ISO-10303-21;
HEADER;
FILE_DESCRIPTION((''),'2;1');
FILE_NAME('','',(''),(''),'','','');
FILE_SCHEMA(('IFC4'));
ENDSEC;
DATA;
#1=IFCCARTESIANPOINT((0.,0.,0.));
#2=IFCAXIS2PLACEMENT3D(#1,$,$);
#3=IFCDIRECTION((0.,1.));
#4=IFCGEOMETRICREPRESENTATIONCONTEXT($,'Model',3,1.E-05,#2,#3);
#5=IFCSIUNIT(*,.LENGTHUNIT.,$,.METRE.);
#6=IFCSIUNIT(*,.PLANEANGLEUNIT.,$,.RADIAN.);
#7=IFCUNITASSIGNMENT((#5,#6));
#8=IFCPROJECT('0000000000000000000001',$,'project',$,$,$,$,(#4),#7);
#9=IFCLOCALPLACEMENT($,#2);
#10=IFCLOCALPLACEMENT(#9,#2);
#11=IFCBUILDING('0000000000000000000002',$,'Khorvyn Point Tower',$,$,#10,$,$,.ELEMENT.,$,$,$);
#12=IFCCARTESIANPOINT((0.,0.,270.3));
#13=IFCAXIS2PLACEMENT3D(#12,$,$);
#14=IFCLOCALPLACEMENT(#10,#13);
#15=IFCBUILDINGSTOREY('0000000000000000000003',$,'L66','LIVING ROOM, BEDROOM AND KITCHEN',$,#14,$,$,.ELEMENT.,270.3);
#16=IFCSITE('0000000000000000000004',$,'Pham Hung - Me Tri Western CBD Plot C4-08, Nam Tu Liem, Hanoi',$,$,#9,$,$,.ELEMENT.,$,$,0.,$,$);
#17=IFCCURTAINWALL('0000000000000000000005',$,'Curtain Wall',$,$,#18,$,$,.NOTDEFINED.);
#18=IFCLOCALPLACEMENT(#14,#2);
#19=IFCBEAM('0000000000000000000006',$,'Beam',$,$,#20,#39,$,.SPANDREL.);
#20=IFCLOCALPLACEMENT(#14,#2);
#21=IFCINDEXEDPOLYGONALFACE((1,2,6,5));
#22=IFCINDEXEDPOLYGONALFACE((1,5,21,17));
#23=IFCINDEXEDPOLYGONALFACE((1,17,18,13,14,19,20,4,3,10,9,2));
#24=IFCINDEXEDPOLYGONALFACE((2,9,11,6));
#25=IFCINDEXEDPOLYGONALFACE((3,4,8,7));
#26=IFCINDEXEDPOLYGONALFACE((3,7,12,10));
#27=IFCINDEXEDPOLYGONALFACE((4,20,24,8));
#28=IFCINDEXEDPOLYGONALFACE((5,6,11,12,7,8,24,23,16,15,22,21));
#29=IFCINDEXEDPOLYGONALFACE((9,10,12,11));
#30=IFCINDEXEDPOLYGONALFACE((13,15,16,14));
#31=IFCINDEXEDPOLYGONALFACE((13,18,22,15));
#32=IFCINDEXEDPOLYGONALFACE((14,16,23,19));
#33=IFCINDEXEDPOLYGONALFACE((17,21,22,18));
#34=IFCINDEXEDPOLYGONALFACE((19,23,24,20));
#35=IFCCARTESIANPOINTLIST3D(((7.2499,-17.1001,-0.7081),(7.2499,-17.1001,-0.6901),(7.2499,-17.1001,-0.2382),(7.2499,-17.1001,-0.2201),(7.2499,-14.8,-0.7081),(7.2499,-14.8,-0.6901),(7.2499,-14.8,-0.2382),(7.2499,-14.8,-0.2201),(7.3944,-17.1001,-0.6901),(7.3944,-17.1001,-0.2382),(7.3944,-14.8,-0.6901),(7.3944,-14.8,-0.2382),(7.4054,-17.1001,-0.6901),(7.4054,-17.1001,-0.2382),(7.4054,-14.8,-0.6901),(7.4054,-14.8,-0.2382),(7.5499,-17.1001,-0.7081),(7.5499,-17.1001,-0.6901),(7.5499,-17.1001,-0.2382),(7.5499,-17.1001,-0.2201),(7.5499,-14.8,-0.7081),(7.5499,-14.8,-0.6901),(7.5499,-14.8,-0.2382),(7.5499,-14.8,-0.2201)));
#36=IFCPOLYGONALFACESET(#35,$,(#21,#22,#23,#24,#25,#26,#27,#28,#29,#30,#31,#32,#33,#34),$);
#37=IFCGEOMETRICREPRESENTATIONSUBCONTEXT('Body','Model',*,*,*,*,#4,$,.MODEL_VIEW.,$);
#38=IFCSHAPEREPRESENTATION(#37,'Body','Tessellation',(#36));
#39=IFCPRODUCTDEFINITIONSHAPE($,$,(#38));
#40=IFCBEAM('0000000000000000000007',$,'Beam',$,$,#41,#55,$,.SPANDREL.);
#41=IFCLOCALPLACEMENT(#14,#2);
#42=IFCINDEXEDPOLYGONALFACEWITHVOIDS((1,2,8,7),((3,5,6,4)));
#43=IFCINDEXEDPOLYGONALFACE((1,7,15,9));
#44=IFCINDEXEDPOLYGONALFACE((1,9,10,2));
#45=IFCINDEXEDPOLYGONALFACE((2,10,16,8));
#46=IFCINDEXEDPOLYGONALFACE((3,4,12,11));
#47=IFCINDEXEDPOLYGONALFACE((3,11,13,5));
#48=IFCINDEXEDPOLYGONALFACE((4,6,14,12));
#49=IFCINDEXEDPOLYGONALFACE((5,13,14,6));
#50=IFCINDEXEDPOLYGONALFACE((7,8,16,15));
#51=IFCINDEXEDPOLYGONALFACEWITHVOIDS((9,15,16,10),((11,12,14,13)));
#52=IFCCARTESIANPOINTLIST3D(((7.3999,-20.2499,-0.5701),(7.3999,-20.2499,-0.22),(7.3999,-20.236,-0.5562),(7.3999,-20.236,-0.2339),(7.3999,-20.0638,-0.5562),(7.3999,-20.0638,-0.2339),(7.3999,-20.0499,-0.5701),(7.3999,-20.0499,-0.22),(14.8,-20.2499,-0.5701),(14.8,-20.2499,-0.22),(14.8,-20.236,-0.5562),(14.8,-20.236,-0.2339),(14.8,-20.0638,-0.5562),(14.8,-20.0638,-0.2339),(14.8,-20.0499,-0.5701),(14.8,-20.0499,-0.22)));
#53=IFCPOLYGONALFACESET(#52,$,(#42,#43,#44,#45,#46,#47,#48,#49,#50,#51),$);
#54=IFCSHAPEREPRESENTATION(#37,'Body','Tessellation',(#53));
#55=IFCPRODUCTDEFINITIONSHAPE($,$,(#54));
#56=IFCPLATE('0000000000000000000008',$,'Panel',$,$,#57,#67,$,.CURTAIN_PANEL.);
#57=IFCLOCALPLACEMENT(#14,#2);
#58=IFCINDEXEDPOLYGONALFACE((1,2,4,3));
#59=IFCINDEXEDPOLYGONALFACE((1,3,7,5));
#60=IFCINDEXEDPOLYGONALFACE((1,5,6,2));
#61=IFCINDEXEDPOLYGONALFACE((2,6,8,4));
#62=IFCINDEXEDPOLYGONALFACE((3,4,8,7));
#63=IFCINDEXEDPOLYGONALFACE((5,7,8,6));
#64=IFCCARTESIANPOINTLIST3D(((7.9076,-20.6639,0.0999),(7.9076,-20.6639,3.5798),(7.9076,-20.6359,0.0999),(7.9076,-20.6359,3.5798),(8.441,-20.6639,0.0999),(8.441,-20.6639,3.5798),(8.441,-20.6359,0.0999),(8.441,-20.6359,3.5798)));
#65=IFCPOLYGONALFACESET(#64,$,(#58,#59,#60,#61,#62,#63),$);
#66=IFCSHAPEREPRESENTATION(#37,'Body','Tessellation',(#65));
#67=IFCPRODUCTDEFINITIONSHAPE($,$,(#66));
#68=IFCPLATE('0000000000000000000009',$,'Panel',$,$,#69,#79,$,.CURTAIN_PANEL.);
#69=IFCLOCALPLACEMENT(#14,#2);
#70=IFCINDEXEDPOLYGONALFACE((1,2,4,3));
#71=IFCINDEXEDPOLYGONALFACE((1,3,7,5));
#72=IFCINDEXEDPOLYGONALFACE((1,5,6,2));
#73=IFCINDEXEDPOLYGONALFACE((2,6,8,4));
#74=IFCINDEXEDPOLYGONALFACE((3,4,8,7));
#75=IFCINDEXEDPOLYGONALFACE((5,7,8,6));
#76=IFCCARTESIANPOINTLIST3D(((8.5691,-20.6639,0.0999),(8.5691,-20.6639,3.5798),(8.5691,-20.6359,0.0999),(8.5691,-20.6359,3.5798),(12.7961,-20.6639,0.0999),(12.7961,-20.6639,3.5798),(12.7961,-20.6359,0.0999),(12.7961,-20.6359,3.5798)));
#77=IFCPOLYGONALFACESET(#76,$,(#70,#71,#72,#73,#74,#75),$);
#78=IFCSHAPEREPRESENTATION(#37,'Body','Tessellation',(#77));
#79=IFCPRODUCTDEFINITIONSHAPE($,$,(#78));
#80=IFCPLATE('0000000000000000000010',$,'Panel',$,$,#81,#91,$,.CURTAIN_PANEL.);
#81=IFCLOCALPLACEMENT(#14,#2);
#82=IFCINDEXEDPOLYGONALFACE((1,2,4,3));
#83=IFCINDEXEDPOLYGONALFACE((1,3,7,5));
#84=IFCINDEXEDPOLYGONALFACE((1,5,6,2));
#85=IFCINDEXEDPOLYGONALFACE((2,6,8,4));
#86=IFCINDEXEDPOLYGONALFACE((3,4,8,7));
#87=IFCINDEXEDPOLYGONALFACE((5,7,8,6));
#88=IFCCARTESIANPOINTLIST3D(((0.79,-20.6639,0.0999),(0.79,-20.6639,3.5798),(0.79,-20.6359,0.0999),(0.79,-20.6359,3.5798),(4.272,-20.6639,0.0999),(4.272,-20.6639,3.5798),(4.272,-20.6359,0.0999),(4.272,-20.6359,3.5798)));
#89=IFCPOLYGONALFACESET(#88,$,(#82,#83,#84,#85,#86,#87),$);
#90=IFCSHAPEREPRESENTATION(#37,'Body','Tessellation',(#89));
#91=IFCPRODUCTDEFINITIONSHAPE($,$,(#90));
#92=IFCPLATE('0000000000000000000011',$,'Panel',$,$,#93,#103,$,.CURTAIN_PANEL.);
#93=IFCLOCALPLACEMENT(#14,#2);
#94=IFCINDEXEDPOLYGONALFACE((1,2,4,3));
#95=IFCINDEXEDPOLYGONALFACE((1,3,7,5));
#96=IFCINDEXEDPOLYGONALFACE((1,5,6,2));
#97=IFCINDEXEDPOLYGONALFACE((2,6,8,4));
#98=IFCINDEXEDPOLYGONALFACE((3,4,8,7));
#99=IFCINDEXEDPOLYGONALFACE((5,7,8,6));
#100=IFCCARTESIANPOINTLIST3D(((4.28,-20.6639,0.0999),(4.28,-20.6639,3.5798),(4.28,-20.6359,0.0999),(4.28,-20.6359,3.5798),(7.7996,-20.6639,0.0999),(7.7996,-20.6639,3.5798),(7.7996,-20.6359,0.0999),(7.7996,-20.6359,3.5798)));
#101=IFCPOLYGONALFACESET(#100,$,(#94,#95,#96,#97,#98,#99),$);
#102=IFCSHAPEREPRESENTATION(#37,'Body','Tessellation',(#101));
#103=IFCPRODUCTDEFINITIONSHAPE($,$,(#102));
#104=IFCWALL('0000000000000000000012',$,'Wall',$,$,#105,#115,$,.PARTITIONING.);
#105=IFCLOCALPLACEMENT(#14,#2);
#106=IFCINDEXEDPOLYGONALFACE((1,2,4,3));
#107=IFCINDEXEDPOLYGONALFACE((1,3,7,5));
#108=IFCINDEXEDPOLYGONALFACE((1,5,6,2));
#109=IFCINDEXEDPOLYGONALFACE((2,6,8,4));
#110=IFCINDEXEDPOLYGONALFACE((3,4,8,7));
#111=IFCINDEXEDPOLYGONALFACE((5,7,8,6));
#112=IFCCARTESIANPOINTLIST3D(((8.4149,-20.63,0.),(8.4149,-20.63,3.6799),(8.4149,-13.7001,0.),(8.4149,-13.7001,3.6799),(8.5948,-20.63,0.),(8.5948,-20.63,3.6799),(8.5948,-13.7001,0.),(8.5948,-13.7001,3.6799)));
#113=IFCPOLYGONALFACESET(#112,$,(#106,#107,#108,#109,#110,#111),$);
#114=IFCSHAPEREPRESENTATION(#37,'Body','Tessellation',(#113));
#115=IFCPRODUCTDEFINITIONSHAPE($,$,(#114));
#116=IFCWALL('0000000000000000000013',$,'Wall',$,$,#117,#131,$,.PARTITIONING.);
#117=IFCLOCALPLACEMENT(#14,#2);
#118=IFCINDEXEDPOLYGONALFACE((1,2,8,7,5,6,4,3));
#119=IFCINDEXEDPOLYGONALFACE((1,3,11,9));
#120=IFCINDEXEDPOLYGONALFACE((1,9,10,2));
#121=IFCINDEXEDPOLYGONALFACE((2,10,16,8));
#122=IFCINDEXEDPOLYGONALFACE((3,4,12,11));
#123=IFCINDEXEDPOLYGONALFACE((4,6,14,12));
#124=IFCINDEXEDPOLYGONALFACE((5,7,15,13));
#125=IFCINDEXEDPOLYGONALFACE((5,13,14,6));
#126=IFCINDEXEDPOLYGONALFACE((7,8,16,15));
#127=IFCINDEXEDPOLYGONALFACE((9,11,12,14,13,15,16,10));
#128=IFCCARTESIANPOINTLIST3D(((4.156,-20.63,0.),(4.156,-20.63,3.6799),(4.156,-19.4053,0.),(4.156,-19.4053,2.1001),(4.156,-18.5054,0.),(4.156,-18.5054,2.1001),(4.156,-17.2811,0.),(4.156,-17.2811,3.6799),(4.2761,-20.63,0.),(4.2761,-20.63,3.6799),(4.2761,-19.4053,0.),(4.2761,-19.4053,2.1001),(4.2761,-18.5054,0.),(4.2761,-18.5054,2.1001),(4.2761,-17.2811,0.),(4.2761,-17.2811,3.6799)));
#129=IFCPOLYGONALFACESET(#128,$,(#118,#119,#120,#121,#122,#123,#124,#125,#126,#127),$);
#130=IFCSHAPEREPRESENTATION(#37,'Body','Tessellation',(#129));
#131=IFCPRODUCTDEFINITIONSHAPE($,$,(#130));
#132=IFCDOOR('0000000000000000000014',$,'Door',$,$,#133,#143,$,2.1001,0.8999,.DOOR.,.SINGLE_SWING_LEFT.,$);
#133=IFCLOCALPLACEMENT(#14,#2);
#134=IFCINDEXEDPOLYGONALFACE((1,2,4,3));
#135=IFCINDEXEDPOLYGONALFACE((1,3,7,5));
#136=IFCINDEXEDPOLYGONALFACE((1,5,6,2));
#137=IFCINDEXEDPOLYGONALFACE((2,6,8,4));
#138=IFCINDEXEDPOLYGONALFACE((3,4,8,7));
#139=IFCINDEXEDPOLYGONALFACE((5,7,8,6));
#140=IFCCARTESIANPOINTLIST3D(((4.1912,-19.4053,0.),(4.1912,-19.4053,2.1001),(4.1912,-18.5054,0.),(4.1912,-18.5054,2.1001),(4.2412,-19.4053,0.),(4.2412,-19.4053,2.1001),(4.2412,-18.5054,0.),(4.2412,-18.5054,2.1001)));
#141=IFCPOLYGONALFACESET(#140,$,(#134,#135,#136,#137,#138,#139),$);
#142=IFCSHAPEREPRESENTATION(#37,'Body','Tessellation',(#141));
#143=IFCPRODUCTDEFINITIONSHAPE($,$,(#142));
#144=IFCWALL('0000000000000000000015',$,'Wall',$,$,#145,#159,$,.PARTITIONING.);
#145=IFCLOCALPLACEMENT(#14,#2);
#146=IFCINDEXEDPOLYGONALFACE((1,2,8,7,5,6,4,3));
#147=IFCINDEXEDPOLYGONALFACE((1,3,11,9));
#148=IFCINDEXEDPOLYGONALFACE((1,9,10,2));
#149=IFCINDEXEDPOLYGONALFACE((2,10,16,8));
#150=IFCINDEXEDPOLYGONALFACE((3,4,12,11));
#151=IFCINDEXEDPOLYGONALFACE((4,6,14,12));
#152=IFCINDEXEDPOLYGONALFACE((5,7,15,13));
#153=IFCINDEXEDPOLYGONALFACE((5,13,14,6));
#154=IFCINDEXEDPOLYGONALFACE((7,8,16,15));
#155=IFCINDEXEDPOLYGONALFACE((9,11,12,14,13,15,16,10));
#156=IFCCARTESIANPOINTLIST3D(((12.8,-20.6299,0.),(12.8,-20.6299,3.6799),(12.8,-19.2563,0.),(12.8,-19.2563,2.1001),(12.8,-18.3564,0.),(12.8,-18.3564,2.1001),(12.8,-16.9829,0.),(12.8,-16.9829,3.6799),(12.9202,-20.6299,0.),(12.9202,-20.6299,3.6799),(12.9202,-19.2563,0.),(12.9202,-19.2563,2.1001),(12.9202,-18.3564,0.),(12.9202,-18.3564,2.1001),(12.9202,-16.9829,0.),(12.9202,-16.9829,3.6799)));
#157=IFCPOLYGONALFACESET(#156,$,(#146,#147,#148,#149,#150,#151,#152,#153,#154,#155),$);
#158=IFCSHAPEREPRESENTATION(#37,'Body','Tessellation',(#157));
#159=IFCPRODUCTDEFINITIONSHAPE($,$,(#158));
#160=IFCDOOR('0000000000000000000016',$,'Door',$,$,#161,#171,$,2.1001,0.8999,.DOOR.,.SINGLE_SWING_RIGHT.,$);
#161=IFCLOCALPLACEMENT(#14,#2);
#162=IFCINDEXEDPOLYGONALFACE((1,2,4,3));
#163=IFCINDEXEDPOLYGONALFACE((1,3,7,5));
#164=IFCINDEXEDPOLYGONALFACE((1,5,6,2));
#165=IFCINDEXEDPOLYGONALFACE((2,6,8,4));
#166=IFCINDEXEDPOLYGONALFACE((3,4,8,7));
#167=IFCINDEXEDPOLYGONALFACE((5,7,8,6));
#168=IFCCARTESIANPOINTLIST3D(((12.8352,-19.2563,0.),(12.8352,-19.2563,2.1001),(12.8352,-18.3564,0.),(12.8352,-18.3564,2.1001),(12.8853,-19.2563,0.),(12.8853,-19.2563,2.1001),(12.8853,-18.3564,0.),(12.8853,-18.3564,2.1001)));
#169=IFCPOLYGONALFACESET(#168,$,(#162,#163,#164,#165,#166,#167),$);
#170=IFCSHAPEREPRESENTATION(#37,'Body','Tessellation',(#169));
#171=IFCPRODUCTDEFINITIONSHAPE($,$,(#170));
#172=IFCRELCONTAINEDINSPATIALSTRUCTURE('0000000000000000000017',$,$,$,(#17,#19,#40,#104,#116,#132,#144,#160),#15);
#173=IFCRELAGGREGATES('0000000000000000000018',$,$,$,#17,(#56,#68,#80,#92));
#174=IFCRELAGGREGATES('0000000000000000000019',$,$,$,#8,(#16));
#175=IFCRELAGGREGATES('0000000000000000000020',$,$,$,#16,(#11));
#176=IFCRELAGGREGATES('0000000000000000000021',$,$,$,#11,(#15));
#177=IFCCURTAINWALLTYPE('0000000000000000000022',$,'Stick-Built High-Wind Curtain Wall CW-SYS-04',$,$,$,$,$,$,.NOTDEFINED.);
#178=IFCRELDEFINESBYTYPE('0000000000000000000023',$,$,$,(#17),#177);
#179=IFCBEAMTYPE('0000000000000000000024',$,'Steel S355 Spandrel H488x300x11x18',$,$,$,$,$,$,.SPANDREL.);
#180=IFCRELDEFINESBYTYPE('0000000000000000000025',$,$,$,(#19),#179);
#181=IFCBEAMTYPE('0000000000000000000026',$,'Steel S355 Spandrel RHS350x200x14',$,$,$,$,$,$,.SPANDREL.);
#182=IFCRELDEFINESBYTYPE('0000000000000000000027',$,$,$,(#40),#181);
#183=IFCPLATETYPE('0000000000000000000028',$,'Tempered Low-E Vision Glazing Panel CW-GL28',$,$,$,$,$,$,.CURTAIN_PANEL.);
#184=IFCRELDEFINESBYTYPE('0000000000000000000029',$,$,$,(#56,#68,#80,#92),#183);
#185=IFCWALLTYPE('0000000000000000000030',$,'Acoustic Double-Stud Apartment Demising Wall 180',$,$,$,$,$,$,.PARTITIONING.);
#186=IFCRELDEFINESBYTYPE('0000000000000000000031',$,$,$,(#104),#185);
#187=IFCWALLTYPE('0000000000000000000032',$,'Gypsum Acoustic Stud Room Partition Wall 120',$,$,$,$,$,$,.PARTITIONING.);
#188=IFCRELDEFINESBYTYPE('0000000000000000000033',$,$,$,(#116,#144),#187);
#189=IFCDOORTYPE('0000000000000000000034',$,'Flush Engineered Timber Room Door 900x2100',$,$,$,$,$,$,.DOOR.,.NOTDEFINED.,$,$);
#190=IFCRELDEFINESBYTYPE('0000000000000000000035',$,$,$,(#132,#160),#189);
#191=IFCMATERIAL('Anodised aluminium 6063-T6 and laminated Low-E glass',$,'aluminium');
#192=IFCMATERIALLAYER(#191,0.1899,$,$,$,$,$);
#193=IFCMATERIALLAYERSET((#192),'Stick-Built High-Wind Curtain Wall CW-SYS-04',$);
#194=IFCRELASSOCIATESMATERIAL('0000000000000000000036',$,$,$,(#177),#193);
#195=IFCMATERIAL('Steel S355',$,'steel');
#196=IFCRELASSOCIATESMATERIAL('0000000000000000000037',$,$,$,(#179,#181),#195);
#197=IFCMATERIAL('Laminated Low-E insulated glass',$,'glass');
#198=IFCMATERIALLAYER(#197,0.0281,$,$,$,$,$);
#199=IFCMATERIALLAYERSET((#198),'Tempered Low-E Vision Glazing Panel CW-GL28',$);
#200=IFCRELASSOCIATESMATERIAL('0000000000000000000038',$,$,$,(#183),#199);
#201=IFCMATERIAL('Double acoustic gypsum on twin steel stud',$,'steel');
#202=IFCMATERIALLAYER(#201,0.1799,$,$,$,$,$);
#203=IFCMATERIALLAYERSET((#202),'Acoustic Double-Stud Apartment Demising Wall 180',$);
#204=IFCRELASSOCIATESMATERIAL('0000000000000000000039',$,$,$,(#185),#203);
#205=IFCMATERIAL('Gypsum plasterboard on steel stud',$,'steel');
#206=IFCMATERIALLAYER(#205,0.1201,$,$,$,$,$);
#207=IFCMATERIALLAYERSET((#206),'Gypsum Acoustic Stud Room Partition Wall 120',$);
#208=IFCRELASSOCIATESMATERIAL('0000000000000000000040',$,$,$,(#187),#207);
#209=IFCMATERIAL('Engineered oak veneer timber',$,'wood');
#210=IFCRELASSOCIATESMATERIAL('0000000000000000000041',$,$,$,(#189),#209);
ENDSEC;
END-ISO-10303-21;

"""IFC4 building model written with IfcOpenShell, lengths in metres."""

from ifc_helpers import new_model, si_unit, direction, frame, frame_2d, origin, origin_2d, place, context, subcontext, project, spatial, rectangle, hollow_rectangle, i_section, extrude, material, layer, layer_set, material_profile, profile_set, type_object, element, fill, aggregate, save


model = new_model("IFC4")

# Units and contexts
model_context = context("Model", 3, precision=1e-05, world=origin(), true_north=direction((0.0, 1.0)))
body_context = subcontext(model_context, "Body", "Model", "MODEL_VIEW")
ifc_project = project(units=[si_unit("LENGTHUNIT", "METRE"), si_unit("PLANEANGLEUNIT", "RADIAN")], contexts=[model_context])

# Site, building, storey
site_placement = place(None, origin())
site = spatial("IfcSite", under=ifc_project, at=site_placement, Name="Pham Hung - Me Tri Western CBD Plot C4-08, Nam Tu Liem, Hanoi", CompositionType="ELEMENT", RefElevation=0.0)
building_placement = place(site_placement, origin())
building = spatial("IfcBuilding", under=site, at=building_placement, Name="Khorvyn Point Tower", CompositionType="ELEMENT")
storey_placement = place(building_placement, frame((0.0, 0.0, 270.3)))
storey = spatial("IfcBuildingStorey", under=building, at=storey_placement, Name="L66", Description="LIVING ROOM, BEDROOM AND KITCHEN", CompositionType="ELEMENT", Elevation=270.3)

# Shared definitions
ifc_material_1 = material(Name="Steel S355", Category="steel")

# Curtain wall
ifc_material_2 = material(Name="Anodised aluminium 6063-T6 and laminated Low-E glass", Category="aluminium")
ifc_layer_1 = layer(ifc_material_2, 0.1899)
ifc_layer_set_1 = layer_set([ifc_layer_1], Name="Stick-Built High-Wind Curtain Wall CW-SYS-04")
curtain_wall_type = type_object("IfcCurtainWallType", Name="Stick-Built High-Wind Curtain Wall CW-SYS-04", PredefinedType="NOTDEFINED", material=ifc_layer_set_1)
curtain_wall_placement = place(storey_placement, origin())
curtain_wall = element("IfcCurtainWall", 1, at=curtain_wall_placement, inside=storey, type_object=curtain_wall_type, Name="Curtain Wall", PredefinedType="NOTDEFINED")

# Beams
ifc_material_profile_1 = material_profile(ifc_material_1, i_section(OverallWidth=0.3, OverallDepth=0.488, WebThickness=0.011, FlangeThickness=0.0181, at=origin_2d()))
ifc_profile_set_1 = profile_set([ifc_material_profile_1], Name="Steel S355 H488x300x11x18")
beam_type_1 = type_object("IfcBeamType", Name="Steel S355 Spandrel H488x300x11x18", PredefinedType="SPANDREL", material=ifc_profile_set_1)
beam_1_placement = place(storey_placement, frame((7.3999, -17.1001, -0.4641), z_axis=(0.0, 1.0, 0.0), x_axis=(-1.0, 0.0, 0.0)))
element("IfcBeam", 2, at=beam_1_placement, inside=storey, type_object=beam_type_1, Name="Beam", PredefinedType="SPANDREL", context=body_context, shape_type="SweptSolid", body=[
    extrude(i_section(OverallWidth=0.3, OverallDepth=0.488, WebThickness=0.011, FlangeThickness=0.0181, at=origin_2d()), origin(), (0.0, 0.0, 1.0), 2.3),
])
ifc_material_profile_2 = material_profile(ifc_material_1, hollow_rectangle(XDim=0.2, YDim=0.3501, WallThickness=0.0139, at=origin_2d()))
ifc_profile_set_2 = profile_set([ifc_material_profile_2], Name="Steel S355 RHS350x200x14")
beam_type_2 = type_object("IfcBeamType", Name="Steel S355 Spandrel RHS350x200x14", PredefinedType="SPANDREL", material=ifc_profile_set_2)
beam_2_placement = place(storey_placement, frame((7.3999, -20.1499, -0.395), z_axis=(1.0, 0.0, 0.0), x_axis=(0.0, 1.0, 0.0)))
element("IfcBeam", 3, at=beam_2_placement, inside=storey, type_object=beam_type_2, Name="Beam", PredefinedType="SPANDREL", context=body_context, shape_type="SweptSolid", body=[
    extrude(hollow_rectangle(XDim=0.2, YDim=0.3501, WallThickness=0.0139, at=origin_2d()), origin(), (0.0, 0.0, 1.0), 7.4001),
])

# Plates
ifc_material_3 = material(Name="Laminated Low-E insulated glass", Category="glass")
ifc_layer_2 = layer(ifc_material_3, 0.0281)
ifc_layer_set_2 = layer_set([ifc_layer_2], Name="Tempered Low-E Vision Glazing Panel CW-GL28")
plate_type = type_object("IfcPlateType", Name="Tempered Low-E Vision Glazing Panel CW-GL28", PredefinedType="CURTAIN_PANEL", material=ifc_layer_set_2)
plate_1_placement = place(storey_placement, frame((8.1743, -20.6499, 0.0999), z_axis=(0.0, 0.0, 1.0), x_axis=(-1.0, 0.0, 0.0)))
plate_1 = element("IfcPlate", 4, at=plate_1_placement, type_object=plate_type, Name="Panel", PredefinedType="CURTAIN_PANEL", context=body_context, shape_type="SweptSolid", body=[
    extrude(rectangle(XDim=0.5334, YDim=0.0281, at=origin_2d()), origin(), (0.0, 0.0, 1.0), 3.48),
])
plate_2_placement = place(storey_placement, frame((10.6826, -20.6499, 0.0999), z_axis=(0.0, 0.0, 1.0), x_axis=(-1.0, 0.0, 0.0)))
plate_2 = element("IfcPlate", 5, at=plate_2_placement, type_object=plate_type, Name="Panel", PredefinedType="CURTAIN_PANEL", context=body_context, shape_type="SweptSolid", body=[
    extrude(rectangle(XDim=4.2271, YDim=0.0281, at=origin_2d()), origin(), (0.0, 0.0, 1.0), 3.48),
])
plate_3_placement = place(storey_placement, frame((2.531, -20.6499, 0.0999), z_axis=(0.0, 0.0, 1.0), x_axis=(-1.0, 0.0, 0.0)))
plate_3 = element("IfcPlate", 6, at=plate_3_placement, type_object=plate_type, Name="Panel", PredefinedType="CURTAIN_PANEL", context=body_context, shape_type="SweptSolid", body=[
    extrude(rectangle(XDim=3.4819, YDim=0.0281, at=origin_2d()), origin(), (0.0, 0.0, 1.0), 3.48),
])
plate_4_placement = place(storey_placement, frame((6.0398, -20.6499, 0.0999), z_axis=(0.0, 0.0, 1.0), x_axis=(-1.0, 0.0, 0.0)))
plate_4 = element("IfcPlate", 7, at=plate_4_placement, type_object=plate_type, Name="Panel", PredefinedType="CURTAIN_PANEL", context=body_context, shape_type="SweptSolid", body=[
    extrude(rectangle(XDim=3.5195, YDim=0.0281, at=origin_2d()), origin(), (0.0, 0.0, 1.0), 3.48),
])
aggregate(curtain_wall, [plate_1, plate_2, plate_3, plate_4])

# Wall
ifc_material_4 = material(Name="Double acoustic gypsum on twin steel stud", Category="steel")
ifc_layer_3 = layer(ifc_material_4, 0.1799)
ifc_layer_set_3 = layer_set([ifc_layer_3], Name="Acoustic Double-Stud Apartment Demising Wall 180")
wall_type_1 = type_object("IfcWallType", Name="Acoustic Double-Stud Apartment Demising Wall 180", PredefinedType="PARTITIONING", material=ifc_layer_set_3)
wall_1_placement = place(storey_placement, frame((8.5049, -20.6299, 0.0), z_axis=(0.0, 0.0, 1.0), x_axis=(0.0, 1.0, 0.0)))
element("IfcWall", 8, at=wall_1_placement, inside=storey, type_object=wall_type_1, Name="Wall", PredefinedType="PARTITIONING", context=body_context, shape_type="SweptSolid", body=[
    extrude(rectangle(XDim=6.9299, YDim=0.1799, at=frame_2d((3.4648, 0.0))), origin(), (0.0, 0.0, 1.0), 3.6799),
])

# Walls, openings, doors
ifc_material_5 = material(Name="Gypsum plasterboard on steel stud", Category="steel")
ifc_layer_4 = layer(ifc_material_5, 0.1201)
ifc_layer_set_4 = layer_set([ifc_layer_4], Name="Gypsum Acoustic Stud Room Partition Wall 120")
wall_type_2 = type_object("IfcWallType", Name="Gypsum Acoustic Stud Room Partition Wall 120", PredefinedType="PARTITIONING", material=ifc_layer_set_4)
wall_2_placement = place(storey_placement, frame((4.2161, -20.6299, 0.0), z_axis=(0.0, 0.0, 1.0), x_axis=(0.0, 1.0, 0.0)))
wall_2 = element("IfcWall", 9, at=wall_2_placement, inside=storey, type_object=wall_type_2, Name="Wall", PredefinedType="PARTITIONING", context=body_context, shape_type="SweptSolid", body=[
    extrude(rectangle(XDim=3.3489, YDim=0.1201, at=frame_2d((1.6743, 0.0))), origin(), (0.0, 0.0, 1.0), 3.6799),
])
opening_1_placement = place(wall_2_placement, frame((1.2246, 0.0, 0.0)))
opening_1 = element("IfcOpeningElement", 10, at=opening_1_placement, cuts=wall_2, PredefinedType="OPENING", context=body_context, shape_type="SweptSolid", body=[
    extrude(rectangle(XDim=0.8999, YDim=2.1001, at=frame_2d((0.45, 1.05))), frame((0.0, 0.0701, 0.0), z_axis=(0.0, -1.0, 0.0), x_axis=(1.0, 0.0, 0.0)), (0.0, 0.0, 1.0), 0.1401),
])
ifc_material_6 = material(Name="Engineered oak veneer timber", Category="wood")
door_type_1 = type_object("IfcDoorType", Name="Flush Engineered Timber Room Door 900x2100", OperationType="NOTDEFINED", PredefinedType="DOOR", material=ifc_material_6)
door_1_placement = place(opening_1_placement, origin())
door_1 = element("IfcDoor", 11, at=door_1_placement, inside=storey, type_object=door_type_1, Name="Door", OperationType="SINGLE_SWING_LEFT", OverallHeight=2.1001, OverallWidth=0.8999, PredefinedType="DOOR", context=body_context, shape_type="SweptSolid", body=[
    extrude(rectangle(XDim=0.8999, YDim=2.1001, at=frame_2d((0.45, 1.05))), frame((0.0, 0.0249, 0.0), z_axis=(0.0, -1.0, 0.0), x_axis=(1.0, 0.0, 0.0)), (0.0, 0.0, 1.0), 0.05),
])
fill(opening_1, door_1)
wall_3_placement = place(storey_placement, frame((12.8601, -20.6299, 0.0), z_axis=(0.0, 0.0, 1.0), x_axis=(0.0, 1.0, 0.0)))
wall_3 = element("IfcWall", 12, at=wall_3_placement, inside=storey, type_object=wall_type_2, Name="Wall", PredefinedType="PARTITIONING", context=body_context, shape_type="SweptSolid", body=[
    extrude(rectangle(XDim=3.647, YDim=0.1201, at=frame_2d((1.8235, 0.0))), origin(), (0.0, 0.0, 1.0), 3.6799),
])
opening_2_placement = place(wall_3_placement, frame((1.3735, 0.0, 0.0)))
opening_2 = element("IfcOpeningElement", 13, at=opening_2_placement, cuts=wall_3, PredefinedType="OPENING", context=body_context, shape_type="SweptSolid", body=[
    extrude(rectangle(XDim=0.8999, YDim=2.1001, at=frame_2d((0.45, 1.05))), frame((0.0, 0.0701, 0.0), z_axis=(0.0, -1.0, 0.0), x_axis=(1.0, 0.0, 0.0)), (0.0, 0.0, 1.0), 0.1401),
])
door_2_placement = place(opening_2_placement, origin())
door_2 = element("IfcDoor", 14, at=door_2_placement, inside=storey, type_object=door_type_1, Name="Door", OperationType="SINGLE_SWING_RIGHT", OverallHeight=2.1001, OverallWidth=0.8999, PredefinedType="DOOR", context=body_context, shape_type="SweptSolid", body=[
    extrude(rectangle(XDim=0.8999, YDim=2.1001, at=frame_2d((0.45, 1.05))), frame((0.0, 0.0249, 0.0), z_axis=(0.0, -1.0, 0.0), x_axis=(1.0, 0.0, 0.0)), (0.0, 0.0, 1.0), 0.05),
])
fill(opening_2, door_2)

save(model, "model.ifc")
